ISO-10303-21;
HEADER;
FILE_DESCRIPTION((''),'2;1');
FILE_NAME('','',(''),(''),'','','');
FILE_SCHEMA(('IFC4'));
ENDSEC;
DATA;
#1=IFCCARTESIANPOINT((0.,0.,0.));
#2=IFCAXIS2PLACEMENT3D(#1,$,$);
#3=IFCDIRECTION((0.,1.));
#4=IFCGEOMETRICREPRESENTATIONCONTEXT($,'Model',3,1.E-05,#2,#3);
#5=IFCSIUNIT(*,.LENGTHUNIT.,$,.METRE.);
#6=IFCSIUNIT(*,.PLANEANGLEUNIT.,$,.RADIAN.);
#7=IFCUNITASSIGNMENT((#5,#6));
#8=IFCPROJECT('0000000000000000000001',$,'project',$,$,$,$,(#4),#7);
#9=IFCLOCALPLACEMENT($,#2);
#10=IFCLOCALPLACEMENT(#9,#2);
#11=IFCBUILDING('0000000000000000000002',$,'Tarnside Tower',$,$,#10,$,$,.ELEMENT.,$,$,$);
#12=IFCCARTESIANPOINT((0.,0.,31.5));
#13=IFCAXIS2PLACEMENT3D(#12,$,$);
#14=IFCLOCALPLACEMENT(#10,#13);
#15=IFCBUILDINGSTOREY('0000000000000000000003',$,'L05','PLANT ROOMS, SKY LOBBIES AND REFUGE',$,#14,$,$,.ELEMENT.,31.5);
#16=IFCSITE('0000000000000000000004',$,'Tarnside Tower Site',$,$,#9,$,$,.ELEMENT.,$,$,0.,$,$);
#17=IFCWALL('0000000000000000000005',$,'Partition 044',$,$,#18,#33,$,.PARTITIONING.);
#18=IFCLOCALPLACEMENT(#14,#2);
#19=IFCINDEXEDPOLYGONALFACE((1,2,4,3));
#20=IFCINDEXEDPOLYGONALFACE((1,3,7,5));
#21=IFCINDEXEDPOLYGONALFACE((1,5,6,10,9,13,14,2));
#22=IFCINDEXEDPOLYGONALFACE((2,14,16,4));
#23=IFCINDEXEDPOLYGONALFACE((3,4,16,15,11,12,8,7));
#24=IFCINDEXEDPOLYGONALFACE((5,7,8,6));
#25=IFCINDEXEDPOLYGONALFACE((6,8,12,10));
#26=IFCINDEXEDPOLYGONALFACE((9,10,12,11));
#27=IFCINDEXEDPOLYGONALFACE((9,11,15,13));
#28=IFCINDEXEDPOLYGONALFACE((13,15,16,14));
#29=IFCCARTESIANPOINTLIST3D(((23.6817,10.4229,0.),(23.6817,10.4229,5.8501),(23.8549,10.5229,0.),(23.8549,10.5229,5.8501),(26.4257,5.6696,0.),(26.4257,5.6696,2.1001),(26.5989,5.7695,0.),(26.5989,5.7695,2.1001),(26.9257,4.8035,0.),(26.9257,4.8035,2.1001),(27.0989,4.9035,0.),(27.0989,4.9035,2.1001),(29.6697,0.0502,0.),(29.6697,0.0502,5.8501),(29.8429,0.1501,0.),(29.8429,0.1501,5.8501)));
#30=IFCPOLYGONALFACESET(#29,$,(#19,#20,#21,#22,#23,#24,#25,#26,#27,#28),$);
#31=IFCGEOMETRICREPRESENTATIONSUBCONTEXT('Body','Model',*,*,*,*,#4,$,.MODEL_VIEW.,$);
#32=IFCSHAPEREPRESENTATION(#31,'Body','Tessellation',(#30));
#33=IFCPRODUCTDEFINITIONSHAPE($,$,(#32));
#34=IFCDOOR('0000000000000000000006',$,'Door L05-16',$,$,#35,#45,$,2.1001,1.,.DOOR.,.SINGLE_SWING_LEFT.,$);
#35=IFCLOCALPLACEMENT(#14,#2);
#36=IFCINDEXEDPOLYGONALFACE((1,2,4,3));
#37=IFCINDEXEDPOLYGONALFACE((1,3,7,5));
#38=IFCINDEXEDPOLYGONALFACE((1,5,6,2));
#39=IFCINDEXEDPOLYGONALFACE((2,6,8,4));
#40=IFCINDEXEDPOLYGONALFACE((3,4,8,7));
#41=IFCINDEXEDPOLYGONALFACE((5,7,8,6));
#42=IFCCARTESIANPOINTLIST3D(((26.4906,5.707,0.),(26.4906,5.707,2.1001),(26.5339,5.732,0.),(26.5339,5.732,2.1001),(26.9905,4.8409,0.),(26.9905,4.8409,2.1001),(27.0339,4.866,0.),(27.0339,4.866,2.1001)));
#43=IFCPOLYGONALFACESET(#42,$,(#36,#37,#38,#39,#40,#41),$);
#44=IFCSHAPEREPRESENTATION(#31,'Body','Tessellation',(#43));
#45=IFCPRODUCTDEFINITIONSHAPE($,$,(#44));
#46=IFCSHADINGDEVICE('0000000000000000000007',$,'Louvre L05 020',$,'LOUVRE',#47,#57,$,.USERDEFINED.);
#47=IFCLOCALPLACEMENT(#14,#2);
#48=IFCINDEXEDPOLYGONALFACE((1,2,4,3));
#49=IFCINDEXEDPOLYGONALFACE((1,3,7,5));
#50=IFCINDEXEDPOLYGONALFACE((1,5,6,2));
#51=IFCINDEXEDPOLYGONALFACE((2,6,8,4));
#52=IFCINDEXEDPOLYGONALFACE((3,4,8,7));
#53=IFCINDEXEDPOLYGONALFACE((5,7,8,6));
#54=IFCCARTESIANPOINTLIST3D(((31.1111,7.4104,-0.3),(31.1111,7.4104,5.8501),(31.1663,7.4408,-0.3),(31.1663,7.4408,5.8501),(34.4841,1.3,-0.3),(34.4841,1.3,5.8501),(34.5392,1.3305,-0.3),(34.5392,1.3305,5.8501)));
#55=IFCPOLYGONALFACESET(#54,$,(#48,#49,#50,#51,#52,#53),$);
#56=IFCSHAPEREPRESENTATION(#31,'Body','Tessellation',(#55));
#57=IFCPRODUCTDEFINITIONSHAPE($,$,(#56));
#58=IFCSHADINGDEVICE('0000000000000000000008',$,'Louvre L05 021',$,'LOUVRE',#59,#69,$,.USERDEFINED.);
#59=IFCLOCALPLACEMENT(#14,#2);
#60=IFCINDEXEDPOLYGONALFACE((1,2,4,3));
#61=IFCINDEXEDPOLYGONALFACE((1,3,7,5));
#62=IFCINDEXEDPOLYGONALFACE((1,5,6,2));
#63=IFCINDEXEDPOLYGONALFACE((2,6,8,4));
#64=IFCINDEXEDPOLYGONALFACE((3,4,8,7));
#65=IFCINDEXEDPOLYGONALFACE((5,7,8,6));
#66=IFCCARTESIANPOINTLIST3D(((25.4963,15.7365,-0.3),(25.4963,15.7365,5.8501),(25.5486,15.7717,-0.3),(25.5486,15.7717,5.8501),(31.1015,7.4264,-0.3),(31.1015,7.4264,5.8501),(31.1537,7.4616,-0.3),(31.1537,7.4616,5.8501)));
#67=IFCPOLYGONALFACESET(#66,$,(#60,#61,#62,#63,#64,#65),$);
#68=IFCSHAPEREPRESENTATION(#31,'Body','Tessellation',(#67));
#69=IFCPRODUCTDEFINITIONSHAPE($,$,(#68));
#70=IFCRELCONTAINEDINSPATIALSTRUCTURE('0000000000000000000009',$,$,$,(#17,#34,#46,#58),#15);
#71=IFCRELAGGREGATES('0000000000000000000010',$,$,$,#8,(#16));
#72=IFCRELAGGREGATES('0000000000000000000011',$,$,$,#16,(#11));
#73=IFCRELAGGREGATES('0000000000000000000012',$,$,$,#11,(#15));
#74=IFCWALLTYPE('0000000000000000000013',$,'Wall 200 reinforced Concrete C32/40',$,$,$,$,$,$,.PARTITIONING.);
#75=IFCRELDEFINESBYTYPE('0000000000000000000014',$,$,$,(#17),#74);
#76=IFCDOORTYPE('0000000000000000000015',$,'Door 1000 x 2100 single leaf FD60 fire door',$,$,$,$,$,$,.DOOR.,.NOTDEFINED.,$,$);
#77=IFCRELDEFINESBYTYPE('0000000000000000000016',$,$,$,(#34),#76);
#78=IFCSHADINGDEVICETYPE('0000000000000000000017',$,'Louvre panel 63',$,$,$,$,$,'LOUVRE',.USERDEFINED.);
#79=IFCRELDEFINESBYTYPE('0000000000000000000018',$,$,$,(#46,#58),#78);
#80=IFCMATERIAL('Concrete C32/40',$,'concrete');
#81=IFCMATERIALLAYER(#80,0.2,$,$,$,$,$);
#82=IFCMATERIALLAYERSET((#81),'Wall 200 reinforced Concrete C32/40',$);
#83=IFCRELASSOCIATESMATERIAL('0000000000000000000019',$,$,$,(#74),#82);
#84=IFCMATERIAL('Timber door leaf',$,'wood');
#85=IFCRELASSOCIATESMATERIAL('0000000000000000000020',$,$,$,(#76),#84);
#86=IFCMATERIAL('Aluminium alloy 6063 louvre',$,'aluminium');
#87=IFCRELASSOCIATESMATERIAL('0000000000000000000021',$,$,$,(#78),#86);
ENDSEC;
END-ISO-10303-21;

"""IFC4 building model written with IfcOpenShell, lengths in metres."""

from ifc_helpers import new_model, si_unit, direction, frame, frame_2d, origin, place, context, subcontext, project, spatial, polyline, rectangle, outline, extrude, material, layer, layer_set, type_object, element, fill, save


model = new_model("IFC4")

# Units and contexts
model_context = context("Model", 3, precision=1e-05, world=origin(), true_north=direction((0.0, 1.0)))
body_context = subcontext(model_context, "Body", "Model", "MODEL_VIEW")
ifc_project = project(units=[si_unit("LENGTHUNIT", "METRE"), si_unit("PLANEANGLEUNIT", "RADIAN")], contexts=[model_context])

# Site, building, storey
site_placement = place(None, origin())
site = spatial("IfcSite", under=ifc_project, at=site_placement, Name="Tarnside Tower Site", CompositionType="ELEMENT", RefElevation=0.0)
building_placement = place(site_placement, origin())
building = spatial("IfcBuilding", under=site, at=building_placement, Name="Tarnside Tower", CompositionType="ELEMENT")
storey_placement = place(building_placement, frame((0.0, 0.0, 31.5)))
storey = spatial("IfcBuildingStorey", under=building, at=storey_placement, Name="L05", Description="PLANT ROOMS, SKY LOBBIES AND REFUGE", CompositionType="ELEMENT", Elevation=31.5)

# Shared definitions
ifc_material_1 = material(Name="Concrete C32/40", Category="concrete")
ifc_layer = layer(ifc_material_1, 0.2)
ifc_layer_set = layer_set([ifc_layer], Name="Wall 200 reinforced Concrete C32/40")
wall_type = type_object("IfcWallType", Name="Wall 200 reinforced Concrete C32/40", PredefinedType="PARTITIONING", material=ifc_layer_set)
ifc_material_2 = material(Name="Timber door leaf", Category="wood")
door_type = type_object("IfcDoorType", Name="Door 1000 x 2100 single leaf FD60 fire door", OperationType="NOTDEFINED", PredefinedType="DOOR", material=ifc_material_2)

# Wall, opening, door
wall_1_placement = place(storey_placement, frame((23.7683, 10.4729, 0.0), z_axis=(0.0, 0.0, 1.0), x_axis=(0.499956, -0.866051, 0.0)))
wall_1 = element("IfcWall", 1, at=wall_1_placement, inside=storey, type_object=wall_type, Name="Partition 044", PredefinedType="PARTITIONING", context=body_context, shape_type="SweptSolid", body=[
    extrude(rectangle(XDim=11.9771, YDim=0.2, at=frame_2d((5.9885, 0.0))), origin(), (0.0, 0.0, 1.0), 5.8501),
])
opening_1_placement = place(wall_1_placement, frame((5.4885, 0.0, 0.0)))
opening_1 = element("IfcOpeningElement", 2, at=opening_1_placement, cuts=wall_1, PredefinedType="OPENING", context=body_context, shape_type="SweptSolid", body=[
    extrude(rectangle(XDim=1.0, YDim=2.1001, at=frame_2d((0.5, 1.05))), frame((0.0, 0.1099, 0.0), z_axis=(0.0, -1.0, 0.0), x_axis=(1.0, 0.0, 0.0)), (0.0, 0.0, 1.0), 0.22),
])
door_1_placement = place(opening_1_placement, origin())
door_1 = element("IfcDoor", 3, at=door_1_placement, inside=storey, type_object=door_type, Name="Door L05-16", OperationType="SINGLE_SWING_LEFT", OverallHeight=2.1001, OverallWidth=1.0, PredefinedType="DOOR", context=body_context, shape_type="SweptSolid", body=[
    extrude(rectangle(XDim=1.0, YDim=2.1001, at=frame_2d((0.5, 1.05))), frame((0.0, 0.0249, 0.0), z_axis=(0.0, -1.0, 0.0), x_axis=(1.0, 0.0, 0.0)), (0.0, 0.0, 1.0), 0.05),
])
fill(opening_1, door_1)

# Shading devices
ifc_material_3 = material(Name="Aluminium alloy 6063 louvre", Category="aluminium")
shading_device_type = type_object("IfcShadingDeviceType", Name="Louvre panel 63", ElementType="LOUVRE", PredefinedType="USERDEFINED", material=ifc_material_3)
shading_device_1_placement = place(storey_placement, frame((32.7976, 4.3552, -0.3), z_axis=(0.483264, -0.875475, 0.0), x_axis=(0.875475, 0.483264, 0.0)))
element("IfcShadingDevice", 4, at=shading_device_1_placement, inside=storey, type_object=shading_device_type, Name="Louvre L05 020", ObjectType="LOUVRE", PredefinedType="USERDEFINED", context=body_context, shape_type="SweptSolid", body=[
    extrude(outline(polyline([(0.0, 0.0), (0.063, 0.0), (0.063, 6.1501), (0.0, 6.1501), (0.0, 0.0)])), frame((0.0, 0.0, -3.4897)), (0.0, 0.0, 1.0), 6.9795),
])
shading_device_2_placement = place(storey_placement, frame((28.2988, 11.5815, -0.3), z_axis=(0.559188, -0.829041, 0.0), x_axis=(0.829041, 0.559188, 0.0)))
element("IfcShadingDevice", 5, at=shading_device_2_placement, inside=storey, type_object=shading_device_type, Name="Louvre L05 021", ObjectType="LOUVRE", PredefinedType="USERDEFINED", context=body_context, shape_type="SweptSolid", body=[
    extrude(outline(polyline([(0.0, 0.0), (0.063, 0.0), (0.063, 6.1501), (0.0, 6.1501), (0.0, 0.0)])), frame((0.0, 0.0, -5.0117)), (0.0, 0.0, 1.0), 10.0237),
])

save(model, "model.ifc")
